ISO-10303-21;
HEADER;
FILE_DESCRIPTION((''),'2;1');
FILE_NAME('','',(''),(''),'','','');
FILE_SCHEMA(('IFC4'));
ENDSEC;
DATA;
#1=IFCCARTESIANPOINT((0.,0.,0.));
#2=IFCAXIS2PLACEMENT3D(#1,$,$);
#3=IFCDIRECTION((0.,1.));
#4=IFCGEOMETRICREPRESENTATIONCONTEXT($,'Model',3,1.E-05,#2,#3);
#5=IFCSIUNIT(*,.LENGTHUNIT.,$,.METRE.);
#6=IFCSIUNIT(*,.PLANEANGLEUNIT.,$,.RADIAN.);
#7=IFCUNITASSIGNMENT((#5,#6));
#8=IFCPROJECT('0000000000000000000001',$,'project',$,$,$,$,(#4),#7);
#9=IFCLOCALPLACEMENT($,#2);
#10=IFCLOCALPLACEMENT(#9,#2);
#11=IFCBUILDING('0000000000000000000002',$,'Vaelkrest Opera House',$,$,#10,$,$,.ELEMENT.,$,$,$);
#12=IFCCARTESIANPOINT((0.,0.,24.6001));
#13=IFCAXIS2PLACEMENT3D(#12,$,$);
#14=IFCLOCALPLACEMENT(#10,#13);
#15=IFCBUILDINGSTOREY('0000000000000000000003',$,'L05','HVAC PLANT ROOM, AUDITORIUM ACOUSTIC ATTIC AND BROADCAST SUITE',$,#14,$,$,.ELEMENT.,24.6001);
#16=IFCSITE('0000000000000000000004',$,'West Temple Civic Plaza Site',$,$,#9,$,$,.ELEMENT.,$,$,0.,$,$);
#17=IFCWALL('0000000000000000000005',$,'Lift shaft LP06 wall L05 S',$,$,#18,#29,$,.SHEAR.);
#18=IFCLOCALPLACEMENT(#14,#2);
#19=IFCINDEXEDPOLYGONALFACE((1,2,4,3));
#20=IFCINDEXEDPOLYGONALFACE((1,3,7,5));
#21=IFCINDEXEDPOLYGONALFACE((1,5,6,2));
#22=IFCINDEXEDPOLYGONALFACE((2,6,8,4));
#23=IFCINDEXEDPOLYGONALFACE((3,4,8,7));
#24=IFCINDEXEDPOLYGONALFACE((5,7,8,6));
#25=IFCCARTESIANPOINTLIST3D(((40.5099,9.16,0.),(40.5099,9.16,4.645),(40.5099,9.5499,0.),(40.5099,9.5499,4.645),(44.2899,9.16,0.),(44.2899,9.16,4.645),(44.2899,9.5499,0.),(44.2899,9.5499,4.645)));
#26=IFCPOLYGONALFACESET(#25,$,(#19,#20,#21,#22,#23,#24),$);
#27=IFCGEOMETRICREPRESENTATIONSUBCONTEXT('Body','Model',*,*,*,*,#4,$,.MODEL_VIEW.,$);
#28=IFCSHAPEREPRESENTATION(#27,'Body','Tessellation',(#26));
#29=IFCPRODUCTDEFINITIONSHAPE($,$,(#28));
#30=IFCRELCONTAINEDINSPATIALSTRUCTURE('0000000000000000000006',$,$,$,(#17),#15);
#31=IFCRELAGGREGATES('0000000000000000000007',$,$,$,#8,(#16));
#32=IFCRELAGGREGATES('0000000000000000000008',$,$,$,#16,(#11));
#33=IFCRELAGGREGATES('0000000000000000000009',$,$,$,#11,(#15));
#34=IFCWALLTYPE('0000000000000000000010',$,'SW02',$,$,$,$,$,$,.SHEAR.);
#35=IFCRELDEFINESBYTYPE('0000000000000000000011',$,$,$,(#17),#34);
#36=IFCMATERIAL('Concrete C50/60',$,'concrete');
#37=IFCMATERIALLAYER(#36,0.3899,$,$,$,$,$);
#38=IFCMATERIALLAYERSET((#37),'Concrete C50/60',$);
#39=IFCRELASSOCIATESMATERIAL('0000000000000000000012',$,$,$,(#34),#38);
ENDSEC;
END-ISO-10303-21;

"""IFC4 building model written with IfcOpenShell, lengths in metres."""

from ifc_helpers import new_model, si_unit, direction, frame, frame_2d, origin, place, context, subcontext, project, spatial, rectangle, extrude, material, layer, layer_set, type_object, element, save


model = new_model("IFC4")

# Units and contexts
model_context = context("Model", 3, precision=1e-05, world=origin(), true_north=direction((0.0, 1.0)))
body_context = subcontext(model_context, "Body", "Model", "MODEL_VIEW")
ifc_project = project(units=[si_unit("LENGTHUNIT", "METRE"), si_unit("PLANEANGLEUNIT", "RADIAN")], contexts=[model_context])

# Site, building, storey
site_placement = place(None, origin())
site = spatial("IfcSite", under=ifc_project, at=site_placement, Name="West Temple Civic Plaza Site", CompositionType="ELEMENT", RefElevation=0.0)
building_placement = place(site_placement, origin())
building = spatial("IfcBuilding", under=site, at=building_placement, Name="Vaelkrest Opera House", CompositionType="ELEMENT")
storey_placement = place(building_placement, frame((0.0, 0.0, 24.6001)))
storey = spatial("IfcBuildingStorey", under=building, at=storey_placement, Name="L05", Description="HVAC PLANT ROOM, AUDITORIUM ACOUSTIC ATTIC AND BROADCAST SUITE", CompositionType="ELEMENT", Elevation=24.6001)

# Shared definitions
ifc_material_1 = material(Name="Concrete C50/60", Category="concrete")

# Wall
ifc_layer_1 = layer(ifc_material_1, 0.3899)
ifc_layer_set_1 = layer_set([ifc_layer_1], Name="Concrete C50/60")
wall_type_1 = type_object("IfcWallType", Name="SW02", PredefinedType="SHEAR", material=ifc_layer_set_1)
wall_1_placement = place(storey_placement, frame((44.29, 9.355, 0.0), z_axis=(0.0, 0.0, 1.0), x_axis=(-1.0, 0.0, 0.0)))
element("IfcWall", 1, at=wall_1_placement, inside=storey, type_object=wall_type_1, Name="Lift shaft LP06 wall L05 S", PredefinedType="SHEAR", context=body_context, shape_type="SweptSolid", body=[
    extrude(rectangle(XDim=3.78, YDim=0.3899, at=frame_2d((1.8901, 0.0))), origin(), (0.0, 0.0, 1.0), 4.645),
])

save(model, "model.ifc")
